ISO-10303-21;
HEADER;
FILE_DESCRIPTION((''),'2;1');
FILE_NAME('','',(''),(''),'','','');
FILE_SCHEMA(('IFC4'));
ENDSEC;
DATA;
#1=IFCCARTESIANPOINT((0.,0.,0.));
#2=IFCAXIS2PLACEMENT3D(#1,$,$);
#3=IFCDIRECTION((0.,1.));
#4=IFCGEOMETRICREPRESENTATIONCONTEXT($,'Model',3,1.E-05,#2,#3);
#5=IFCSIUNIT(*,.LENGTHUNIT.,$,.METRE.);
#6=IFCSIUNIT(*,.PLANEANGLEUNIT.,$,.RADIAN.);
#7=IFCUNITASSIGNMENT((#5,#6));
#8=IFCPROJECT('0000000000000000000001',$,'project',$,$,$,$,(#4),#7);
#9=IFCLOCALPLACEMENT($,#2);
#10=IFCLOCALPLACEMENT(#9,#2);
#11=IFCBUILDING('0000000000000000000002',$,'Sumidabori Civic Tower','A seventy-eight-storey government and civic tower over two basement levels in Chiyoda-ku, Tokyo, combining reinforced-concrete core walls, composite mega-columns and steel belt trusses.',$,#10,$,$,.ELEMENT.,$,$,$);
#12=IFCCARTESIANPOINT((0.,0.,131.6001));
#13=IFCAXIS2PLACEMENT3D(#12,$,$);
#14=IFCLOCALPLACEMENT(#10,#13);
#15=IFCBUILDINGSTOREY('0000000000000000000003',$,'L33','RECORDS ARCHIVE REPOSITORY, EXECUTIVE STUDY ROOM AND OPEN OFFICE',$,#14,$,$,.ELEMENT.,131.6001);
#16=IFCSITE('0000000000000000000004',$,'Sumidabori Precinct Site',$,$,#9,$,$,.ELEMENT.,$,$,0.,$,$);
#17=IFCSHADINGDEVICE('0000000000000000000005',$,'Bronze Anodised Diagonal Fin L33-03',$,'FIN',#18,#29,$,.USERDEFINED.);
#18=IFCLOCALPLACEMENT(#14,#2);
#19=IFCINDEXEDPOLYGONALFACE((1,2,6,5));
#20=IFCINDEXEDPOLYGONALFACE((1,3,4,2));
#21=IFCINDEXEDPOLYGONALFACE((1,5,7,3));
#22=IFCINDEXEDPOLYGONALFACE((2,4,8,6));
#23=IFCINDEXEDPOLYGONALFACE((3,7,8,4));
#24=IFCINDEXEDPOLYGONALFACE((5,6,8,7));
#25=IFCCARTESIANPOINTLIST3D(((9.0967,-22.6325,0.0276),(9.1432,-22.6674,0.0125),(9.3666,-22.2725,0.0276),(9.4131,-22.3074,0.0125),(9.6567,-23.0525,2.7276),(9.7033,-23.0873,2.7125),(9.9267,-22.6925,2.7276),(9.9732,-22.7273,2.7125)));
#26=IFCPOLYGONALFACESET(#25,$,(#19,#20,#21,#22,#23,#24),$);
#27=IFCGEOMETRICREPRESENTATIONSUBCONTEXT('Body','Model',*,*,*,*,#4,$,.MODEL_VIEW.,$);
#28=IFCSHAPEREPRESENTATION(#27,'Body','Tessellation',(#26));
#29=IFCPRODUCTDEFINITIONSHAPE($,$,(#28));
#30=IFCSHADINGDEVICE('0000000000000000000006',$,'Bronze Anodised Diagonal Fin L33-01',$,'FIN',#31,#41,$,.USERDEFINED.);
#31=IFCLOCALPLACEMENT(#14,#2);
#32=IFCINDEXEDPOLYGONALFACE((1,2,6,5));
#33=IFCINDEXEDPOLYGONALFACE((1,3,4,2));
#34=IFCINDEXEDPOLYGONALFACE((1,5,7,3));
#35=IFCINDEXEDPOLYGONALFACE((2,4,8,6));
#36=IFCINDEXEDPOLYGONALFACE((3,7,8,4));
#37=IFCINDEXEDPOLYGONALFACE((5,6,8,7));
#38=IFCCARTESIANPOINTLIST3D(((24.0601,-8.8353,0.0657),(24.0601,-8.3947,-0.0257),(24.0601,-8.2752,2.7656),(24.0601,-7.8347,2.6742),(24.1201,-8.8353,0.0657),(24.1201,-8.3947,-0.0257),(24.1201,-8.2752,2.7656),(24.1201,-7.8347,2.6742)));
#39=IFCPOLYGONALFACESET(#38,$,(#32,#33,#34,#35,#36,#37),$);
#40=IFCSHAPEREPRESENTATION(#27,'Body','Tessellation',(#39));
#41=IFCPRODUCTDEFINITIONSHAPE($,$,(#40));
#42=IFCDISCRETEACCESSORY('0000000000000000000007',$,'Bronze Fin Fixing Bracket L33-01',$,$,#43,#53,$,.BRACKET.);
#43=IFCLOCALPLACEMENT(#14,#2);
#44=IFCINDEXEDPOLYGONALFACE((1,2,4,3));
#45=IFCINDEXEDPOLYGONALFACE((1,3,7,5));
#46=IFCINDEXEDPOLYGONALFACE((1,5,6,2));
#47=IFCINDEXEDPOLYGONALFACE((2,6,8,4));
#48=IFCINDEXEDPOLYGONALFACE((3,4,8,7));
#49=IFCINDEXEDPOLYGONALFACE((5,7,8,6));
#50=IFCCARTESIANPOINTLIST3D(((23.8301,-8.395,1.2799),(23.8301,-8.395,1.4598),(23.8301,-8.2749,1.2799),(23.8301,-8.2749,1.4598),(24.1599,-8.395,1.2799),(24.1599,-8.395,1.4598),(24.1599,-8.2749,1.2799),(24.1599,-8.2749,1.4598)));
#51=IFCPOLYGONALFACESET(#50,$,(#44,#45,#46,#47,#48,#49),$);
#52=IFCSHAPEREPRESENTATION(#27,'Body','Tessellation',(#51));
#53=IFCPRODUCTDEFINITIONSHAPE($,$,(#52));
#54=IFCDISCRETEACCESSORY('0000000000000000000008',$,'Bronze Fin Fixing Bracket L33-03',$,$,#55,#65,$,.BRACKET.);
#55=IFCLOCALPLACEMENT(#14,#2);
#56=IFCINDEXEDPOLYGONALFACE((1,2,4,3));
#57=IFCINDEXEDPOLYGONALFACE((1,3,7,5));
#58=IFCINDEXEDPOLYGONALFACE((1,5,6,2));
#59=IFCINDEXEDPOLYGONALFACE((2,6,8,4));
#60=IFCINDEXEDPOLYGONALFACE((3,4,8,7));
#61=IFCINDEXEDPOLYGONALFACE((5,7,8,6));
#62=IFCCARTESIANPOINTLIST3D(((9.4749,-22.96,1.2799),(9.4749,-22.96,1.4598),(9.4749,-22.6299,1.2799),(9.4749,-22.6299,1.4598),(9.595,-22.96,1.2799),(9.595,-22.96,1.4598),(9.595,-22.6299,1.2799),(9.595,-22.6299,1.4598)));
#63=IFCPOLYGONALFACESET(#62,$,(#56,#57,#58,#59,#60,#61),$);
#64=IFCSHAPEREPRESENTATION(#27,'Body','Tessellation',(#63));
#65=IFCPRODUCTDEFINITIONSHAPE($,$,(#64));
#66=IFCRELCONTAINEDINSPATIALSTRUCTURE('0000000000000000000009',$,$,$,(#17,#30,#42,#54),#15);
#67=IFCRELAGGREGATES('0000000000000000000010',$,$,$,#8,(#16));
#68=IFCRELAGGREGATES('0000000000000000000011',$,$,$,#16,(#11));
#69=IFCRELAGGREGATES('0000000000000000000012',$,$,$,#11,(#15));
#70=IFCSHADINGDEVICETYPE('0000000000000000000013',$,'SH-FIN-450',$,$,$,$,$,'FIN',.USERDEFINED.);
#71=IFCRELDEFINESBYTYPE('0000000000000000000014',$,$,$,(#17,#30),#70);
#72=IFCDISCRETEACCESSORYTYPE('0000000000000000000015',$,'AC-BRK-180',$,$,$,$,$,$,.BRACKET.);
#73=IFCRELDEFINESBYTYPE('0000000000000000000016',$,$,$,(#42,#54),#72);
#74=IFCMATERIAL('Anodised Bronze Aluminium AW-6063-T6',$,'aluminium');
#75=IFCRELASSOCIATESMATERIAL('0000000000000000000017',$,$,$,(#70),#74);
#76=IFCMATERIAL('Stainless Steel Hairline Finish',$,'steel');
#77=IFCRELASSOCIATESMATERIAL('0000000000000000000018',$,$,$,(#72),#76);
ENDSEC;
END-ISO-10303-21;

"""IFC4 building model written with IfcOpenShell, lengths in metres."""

from ifc_helpers import new_model, si_unit, direction, frame, origin, origin_2d, place, context, subcontext, project, spatial, rectangle, extrude, source, transform, mapped, material, material_profile, profile_set, type_object, element, save


model = new_model("IFC4")

# Units and contexts
model_context = context("Model", 3, precision=1e-05, world=origin(), true_north=direction((0.0, 1.0)))
body_context = subcontext(model_context, "Body", "Model", "MODEL_VIEW")
ifc_project = project(units=[si_unit("LENGTHUNIT", "METRE"), si_unit("PLANEANGLEUNIT", "RADIAN")], contexts=[model_context])

# Site, building, storey
site_placement = place(None, origin())
site = spatial("IfcSite", under=ifc_project, at=site_placement, Name="Sumidabori Precinct Site", CompositionType="ELEMENT", RefElevation=0.0)
building_placement = place(site_placement, origin())
building = spatial("IfcBuilding", under=site, at=building_placement, Name="Sumidabori Civic Tower", Description="A seventy-eight-storey government and civic tower over two basement levels in Chiyoda-ku, Tokyo, combining reinforced-concrete core walls, composite mega-columns and steel belt trusses.", CompositionType="ELEMENT")
storey_placement = place(building_placement, frame((0.0, 0.0, 131.6001)))
storey = spatial("IfcBuildingStorey", under=building, at=storey_placement, Name="L33", Description="RECORDS ARCHIVE REPOSITORY, EXECUTIVE STUDY ROOM AND OPEN OFFICE", CompositionType="ELEMENT", Elevation=131.6001)

# Shared definitions
ifc_material_1 = material(Name="Anodised Bronze Aluminium AW-6063-T6", Category="aluminium")

# Shading devices
ifc_material_profile_1 = material_profile(ifc_material_1, rectangle(XDim=0.0601, YDim=0.45, at=origin_2d()), Name="BRONZE FIN 450x60")
ifc_profile_set_1 = profile_set([ifc_material_profile_1], Name="Anodised Bronze Aluminium AW-6063-T6")
shading_device_type = type_object("IfcShadingDeviceType", Name="SH-FIN-450", ElementType="FIN", PredefinedType="USERDEFINED", material=ifc_profile_set_1)
shared_shape_1 = source(origin(), body_context, "Body", "SweptSolid", [
    extrude(rectangle(XDim=0.0601, YDim=0.45, at=origin_2d()), origin(), (0.0, 0.0, 1.0), 2.7893),
])
shading_device_1_placement = place(storey_placement, frame((9.2549, -22.47, 0.02), z_axis=(0.200794, -0.150552, 0.967996), x_axis=(0.774478, -0.580689, -0.250966)))
element("IfcShadingDevice", 1, at=shading_device_1_placement, inside=storey, type_object=shading_device_type, Name="Bronze Anodised Diagonal Fin L33-03", ObjectType="FIN", PredefinedType="USERDEFINED", context=body_context, shape_type="MappedRepresentation", body=[
    mapped(shared_shape_1, transform((0.0, 0.0, 0.0), x_axis=(1.0, 0.0, 0.0), y_axis=(0.0, 1.0, 0.0), z_axis=(0.0, 0.0, 1.0), scale=1.0)),
])
shared_shape_2 = source(origin(), body_context, "Body", "SweptSolid", [
    extrude(rectangle(XDim=0.0601, YDim=0.45, at=origin_2d()), origin(), (0.0, 0.0, 1.0), 2.7573),
])
shading_device_2_placement = place(storey_placement, frame((24.0901, -8.615, 0.02), z_axis=(0.0, 0.203109, 0.979156), x_axis=(-1.0, 0.0, 0.0)))
element("IfcShadingDevice", 2, at=shading_device_2_placement, inside=storey, type_object=shading_device_type, Name="Bronze Anodised Diagonal Fin L33-01", ObjectType="FIN", PredefinedType="USERDEFINED", context=body_context, shape_type="MappedRepresentation", body=[
    mapped(shared_shape_2, transform((0.0, 0.0, 0.0), x_axis=(1.0, 0.0, 0.0), y_axis=(0.0, 1.0, 0.0), z_axis=(0.0, 0.0, 1.0), scale=1.0)),
])

# Discrete accessories
ifc_material_2 = material(Name="Stainless Steel Hairline Finish", Category="steel")
ifc_material_profile_2 = material_profile(ifc_material_2, rectangle(XDim=0.1201, YDim=0.1799, at=origin_2d()), Name="STEEL BRACKET 180x120")
ifc_profile_set_2 = profile_set([ifc_material_profile_2], Name="Stainless Steel Hairline Finish")
discrete_accessory_type = type_object("IfcDiscreteAccessoryType", Name="AC-BRK-180", PredefinedType="BRACKET", material=ifc_profile_set_2)
shared_shape_3 = source(origin(), body_context, "Body", "SweptSolid", [
    extrude(rectangle(XDim=0.1201, YDim=0.1799, at=origin_2d()), origin(), (0.0, 0.0, 1.0), 0.3298),
])
discrete_accessory_1_placement = place(storey_placement, frame((23.8301, -8.335, 1.3699), z_axis=(1.0, 0.0, 0.0), x_axis=(0.0, 1.0, 0.0)))
element("IfcDiscreteAccessory", 3, at=discrete_accessory_1_placement, inside=storey, type_object=discrete_accessory_type, Name="Bronze Fin Fixing Bracket L33-01", PredefinedType="BRACKET", context=body_context, shape_type="MappedRepresentation", body=[
    mapped(shared_shape_3, transform((0.0, 0.0, 0.0), x_axis=(1.0, 0.0, 0.0), y_axis=(0.0, 1.0, 0.0), z_axis=(0.0, 0.0, 1.0), scale=1.0)),
])
shared_shape_4 = source(origin(), body_context, "Body", "SweptSolid", [
    extrude(rectangle(XDim=0.1201, YDim=0.1799, at=origin_2d()), origin(), (0.0, 0.0, 1.0), 0.3301),
])
discrete_accessory_2_placement = place(storey_placement, frame((9.5349, -22.6299, 1.3699), z_axis=(0.0, -1.0, 0.0), x_axis=(1.0, 0.0, 0.0)))
element("IfcDiscreteAccessory", 4, at=discrete_accessory_2_placement, inside=storey, type_object=discrete_accessory_type, Name="Bronze Fin Fixing Bracket L33-03", PredefinedType="BRACKET", context=body_context, shape_type="MappedRepresentation", body=[
    mapped(shared_shape_4, transform((0.0, 0.0, 0.0), x_axis=(1.0, 0.0, 0.0), y_axis=(0.0, 1.0, 0.0), z_axis=(0.0, 0.0, 1.0), scale=1.0)),
])

save(model, "model.ifc")
